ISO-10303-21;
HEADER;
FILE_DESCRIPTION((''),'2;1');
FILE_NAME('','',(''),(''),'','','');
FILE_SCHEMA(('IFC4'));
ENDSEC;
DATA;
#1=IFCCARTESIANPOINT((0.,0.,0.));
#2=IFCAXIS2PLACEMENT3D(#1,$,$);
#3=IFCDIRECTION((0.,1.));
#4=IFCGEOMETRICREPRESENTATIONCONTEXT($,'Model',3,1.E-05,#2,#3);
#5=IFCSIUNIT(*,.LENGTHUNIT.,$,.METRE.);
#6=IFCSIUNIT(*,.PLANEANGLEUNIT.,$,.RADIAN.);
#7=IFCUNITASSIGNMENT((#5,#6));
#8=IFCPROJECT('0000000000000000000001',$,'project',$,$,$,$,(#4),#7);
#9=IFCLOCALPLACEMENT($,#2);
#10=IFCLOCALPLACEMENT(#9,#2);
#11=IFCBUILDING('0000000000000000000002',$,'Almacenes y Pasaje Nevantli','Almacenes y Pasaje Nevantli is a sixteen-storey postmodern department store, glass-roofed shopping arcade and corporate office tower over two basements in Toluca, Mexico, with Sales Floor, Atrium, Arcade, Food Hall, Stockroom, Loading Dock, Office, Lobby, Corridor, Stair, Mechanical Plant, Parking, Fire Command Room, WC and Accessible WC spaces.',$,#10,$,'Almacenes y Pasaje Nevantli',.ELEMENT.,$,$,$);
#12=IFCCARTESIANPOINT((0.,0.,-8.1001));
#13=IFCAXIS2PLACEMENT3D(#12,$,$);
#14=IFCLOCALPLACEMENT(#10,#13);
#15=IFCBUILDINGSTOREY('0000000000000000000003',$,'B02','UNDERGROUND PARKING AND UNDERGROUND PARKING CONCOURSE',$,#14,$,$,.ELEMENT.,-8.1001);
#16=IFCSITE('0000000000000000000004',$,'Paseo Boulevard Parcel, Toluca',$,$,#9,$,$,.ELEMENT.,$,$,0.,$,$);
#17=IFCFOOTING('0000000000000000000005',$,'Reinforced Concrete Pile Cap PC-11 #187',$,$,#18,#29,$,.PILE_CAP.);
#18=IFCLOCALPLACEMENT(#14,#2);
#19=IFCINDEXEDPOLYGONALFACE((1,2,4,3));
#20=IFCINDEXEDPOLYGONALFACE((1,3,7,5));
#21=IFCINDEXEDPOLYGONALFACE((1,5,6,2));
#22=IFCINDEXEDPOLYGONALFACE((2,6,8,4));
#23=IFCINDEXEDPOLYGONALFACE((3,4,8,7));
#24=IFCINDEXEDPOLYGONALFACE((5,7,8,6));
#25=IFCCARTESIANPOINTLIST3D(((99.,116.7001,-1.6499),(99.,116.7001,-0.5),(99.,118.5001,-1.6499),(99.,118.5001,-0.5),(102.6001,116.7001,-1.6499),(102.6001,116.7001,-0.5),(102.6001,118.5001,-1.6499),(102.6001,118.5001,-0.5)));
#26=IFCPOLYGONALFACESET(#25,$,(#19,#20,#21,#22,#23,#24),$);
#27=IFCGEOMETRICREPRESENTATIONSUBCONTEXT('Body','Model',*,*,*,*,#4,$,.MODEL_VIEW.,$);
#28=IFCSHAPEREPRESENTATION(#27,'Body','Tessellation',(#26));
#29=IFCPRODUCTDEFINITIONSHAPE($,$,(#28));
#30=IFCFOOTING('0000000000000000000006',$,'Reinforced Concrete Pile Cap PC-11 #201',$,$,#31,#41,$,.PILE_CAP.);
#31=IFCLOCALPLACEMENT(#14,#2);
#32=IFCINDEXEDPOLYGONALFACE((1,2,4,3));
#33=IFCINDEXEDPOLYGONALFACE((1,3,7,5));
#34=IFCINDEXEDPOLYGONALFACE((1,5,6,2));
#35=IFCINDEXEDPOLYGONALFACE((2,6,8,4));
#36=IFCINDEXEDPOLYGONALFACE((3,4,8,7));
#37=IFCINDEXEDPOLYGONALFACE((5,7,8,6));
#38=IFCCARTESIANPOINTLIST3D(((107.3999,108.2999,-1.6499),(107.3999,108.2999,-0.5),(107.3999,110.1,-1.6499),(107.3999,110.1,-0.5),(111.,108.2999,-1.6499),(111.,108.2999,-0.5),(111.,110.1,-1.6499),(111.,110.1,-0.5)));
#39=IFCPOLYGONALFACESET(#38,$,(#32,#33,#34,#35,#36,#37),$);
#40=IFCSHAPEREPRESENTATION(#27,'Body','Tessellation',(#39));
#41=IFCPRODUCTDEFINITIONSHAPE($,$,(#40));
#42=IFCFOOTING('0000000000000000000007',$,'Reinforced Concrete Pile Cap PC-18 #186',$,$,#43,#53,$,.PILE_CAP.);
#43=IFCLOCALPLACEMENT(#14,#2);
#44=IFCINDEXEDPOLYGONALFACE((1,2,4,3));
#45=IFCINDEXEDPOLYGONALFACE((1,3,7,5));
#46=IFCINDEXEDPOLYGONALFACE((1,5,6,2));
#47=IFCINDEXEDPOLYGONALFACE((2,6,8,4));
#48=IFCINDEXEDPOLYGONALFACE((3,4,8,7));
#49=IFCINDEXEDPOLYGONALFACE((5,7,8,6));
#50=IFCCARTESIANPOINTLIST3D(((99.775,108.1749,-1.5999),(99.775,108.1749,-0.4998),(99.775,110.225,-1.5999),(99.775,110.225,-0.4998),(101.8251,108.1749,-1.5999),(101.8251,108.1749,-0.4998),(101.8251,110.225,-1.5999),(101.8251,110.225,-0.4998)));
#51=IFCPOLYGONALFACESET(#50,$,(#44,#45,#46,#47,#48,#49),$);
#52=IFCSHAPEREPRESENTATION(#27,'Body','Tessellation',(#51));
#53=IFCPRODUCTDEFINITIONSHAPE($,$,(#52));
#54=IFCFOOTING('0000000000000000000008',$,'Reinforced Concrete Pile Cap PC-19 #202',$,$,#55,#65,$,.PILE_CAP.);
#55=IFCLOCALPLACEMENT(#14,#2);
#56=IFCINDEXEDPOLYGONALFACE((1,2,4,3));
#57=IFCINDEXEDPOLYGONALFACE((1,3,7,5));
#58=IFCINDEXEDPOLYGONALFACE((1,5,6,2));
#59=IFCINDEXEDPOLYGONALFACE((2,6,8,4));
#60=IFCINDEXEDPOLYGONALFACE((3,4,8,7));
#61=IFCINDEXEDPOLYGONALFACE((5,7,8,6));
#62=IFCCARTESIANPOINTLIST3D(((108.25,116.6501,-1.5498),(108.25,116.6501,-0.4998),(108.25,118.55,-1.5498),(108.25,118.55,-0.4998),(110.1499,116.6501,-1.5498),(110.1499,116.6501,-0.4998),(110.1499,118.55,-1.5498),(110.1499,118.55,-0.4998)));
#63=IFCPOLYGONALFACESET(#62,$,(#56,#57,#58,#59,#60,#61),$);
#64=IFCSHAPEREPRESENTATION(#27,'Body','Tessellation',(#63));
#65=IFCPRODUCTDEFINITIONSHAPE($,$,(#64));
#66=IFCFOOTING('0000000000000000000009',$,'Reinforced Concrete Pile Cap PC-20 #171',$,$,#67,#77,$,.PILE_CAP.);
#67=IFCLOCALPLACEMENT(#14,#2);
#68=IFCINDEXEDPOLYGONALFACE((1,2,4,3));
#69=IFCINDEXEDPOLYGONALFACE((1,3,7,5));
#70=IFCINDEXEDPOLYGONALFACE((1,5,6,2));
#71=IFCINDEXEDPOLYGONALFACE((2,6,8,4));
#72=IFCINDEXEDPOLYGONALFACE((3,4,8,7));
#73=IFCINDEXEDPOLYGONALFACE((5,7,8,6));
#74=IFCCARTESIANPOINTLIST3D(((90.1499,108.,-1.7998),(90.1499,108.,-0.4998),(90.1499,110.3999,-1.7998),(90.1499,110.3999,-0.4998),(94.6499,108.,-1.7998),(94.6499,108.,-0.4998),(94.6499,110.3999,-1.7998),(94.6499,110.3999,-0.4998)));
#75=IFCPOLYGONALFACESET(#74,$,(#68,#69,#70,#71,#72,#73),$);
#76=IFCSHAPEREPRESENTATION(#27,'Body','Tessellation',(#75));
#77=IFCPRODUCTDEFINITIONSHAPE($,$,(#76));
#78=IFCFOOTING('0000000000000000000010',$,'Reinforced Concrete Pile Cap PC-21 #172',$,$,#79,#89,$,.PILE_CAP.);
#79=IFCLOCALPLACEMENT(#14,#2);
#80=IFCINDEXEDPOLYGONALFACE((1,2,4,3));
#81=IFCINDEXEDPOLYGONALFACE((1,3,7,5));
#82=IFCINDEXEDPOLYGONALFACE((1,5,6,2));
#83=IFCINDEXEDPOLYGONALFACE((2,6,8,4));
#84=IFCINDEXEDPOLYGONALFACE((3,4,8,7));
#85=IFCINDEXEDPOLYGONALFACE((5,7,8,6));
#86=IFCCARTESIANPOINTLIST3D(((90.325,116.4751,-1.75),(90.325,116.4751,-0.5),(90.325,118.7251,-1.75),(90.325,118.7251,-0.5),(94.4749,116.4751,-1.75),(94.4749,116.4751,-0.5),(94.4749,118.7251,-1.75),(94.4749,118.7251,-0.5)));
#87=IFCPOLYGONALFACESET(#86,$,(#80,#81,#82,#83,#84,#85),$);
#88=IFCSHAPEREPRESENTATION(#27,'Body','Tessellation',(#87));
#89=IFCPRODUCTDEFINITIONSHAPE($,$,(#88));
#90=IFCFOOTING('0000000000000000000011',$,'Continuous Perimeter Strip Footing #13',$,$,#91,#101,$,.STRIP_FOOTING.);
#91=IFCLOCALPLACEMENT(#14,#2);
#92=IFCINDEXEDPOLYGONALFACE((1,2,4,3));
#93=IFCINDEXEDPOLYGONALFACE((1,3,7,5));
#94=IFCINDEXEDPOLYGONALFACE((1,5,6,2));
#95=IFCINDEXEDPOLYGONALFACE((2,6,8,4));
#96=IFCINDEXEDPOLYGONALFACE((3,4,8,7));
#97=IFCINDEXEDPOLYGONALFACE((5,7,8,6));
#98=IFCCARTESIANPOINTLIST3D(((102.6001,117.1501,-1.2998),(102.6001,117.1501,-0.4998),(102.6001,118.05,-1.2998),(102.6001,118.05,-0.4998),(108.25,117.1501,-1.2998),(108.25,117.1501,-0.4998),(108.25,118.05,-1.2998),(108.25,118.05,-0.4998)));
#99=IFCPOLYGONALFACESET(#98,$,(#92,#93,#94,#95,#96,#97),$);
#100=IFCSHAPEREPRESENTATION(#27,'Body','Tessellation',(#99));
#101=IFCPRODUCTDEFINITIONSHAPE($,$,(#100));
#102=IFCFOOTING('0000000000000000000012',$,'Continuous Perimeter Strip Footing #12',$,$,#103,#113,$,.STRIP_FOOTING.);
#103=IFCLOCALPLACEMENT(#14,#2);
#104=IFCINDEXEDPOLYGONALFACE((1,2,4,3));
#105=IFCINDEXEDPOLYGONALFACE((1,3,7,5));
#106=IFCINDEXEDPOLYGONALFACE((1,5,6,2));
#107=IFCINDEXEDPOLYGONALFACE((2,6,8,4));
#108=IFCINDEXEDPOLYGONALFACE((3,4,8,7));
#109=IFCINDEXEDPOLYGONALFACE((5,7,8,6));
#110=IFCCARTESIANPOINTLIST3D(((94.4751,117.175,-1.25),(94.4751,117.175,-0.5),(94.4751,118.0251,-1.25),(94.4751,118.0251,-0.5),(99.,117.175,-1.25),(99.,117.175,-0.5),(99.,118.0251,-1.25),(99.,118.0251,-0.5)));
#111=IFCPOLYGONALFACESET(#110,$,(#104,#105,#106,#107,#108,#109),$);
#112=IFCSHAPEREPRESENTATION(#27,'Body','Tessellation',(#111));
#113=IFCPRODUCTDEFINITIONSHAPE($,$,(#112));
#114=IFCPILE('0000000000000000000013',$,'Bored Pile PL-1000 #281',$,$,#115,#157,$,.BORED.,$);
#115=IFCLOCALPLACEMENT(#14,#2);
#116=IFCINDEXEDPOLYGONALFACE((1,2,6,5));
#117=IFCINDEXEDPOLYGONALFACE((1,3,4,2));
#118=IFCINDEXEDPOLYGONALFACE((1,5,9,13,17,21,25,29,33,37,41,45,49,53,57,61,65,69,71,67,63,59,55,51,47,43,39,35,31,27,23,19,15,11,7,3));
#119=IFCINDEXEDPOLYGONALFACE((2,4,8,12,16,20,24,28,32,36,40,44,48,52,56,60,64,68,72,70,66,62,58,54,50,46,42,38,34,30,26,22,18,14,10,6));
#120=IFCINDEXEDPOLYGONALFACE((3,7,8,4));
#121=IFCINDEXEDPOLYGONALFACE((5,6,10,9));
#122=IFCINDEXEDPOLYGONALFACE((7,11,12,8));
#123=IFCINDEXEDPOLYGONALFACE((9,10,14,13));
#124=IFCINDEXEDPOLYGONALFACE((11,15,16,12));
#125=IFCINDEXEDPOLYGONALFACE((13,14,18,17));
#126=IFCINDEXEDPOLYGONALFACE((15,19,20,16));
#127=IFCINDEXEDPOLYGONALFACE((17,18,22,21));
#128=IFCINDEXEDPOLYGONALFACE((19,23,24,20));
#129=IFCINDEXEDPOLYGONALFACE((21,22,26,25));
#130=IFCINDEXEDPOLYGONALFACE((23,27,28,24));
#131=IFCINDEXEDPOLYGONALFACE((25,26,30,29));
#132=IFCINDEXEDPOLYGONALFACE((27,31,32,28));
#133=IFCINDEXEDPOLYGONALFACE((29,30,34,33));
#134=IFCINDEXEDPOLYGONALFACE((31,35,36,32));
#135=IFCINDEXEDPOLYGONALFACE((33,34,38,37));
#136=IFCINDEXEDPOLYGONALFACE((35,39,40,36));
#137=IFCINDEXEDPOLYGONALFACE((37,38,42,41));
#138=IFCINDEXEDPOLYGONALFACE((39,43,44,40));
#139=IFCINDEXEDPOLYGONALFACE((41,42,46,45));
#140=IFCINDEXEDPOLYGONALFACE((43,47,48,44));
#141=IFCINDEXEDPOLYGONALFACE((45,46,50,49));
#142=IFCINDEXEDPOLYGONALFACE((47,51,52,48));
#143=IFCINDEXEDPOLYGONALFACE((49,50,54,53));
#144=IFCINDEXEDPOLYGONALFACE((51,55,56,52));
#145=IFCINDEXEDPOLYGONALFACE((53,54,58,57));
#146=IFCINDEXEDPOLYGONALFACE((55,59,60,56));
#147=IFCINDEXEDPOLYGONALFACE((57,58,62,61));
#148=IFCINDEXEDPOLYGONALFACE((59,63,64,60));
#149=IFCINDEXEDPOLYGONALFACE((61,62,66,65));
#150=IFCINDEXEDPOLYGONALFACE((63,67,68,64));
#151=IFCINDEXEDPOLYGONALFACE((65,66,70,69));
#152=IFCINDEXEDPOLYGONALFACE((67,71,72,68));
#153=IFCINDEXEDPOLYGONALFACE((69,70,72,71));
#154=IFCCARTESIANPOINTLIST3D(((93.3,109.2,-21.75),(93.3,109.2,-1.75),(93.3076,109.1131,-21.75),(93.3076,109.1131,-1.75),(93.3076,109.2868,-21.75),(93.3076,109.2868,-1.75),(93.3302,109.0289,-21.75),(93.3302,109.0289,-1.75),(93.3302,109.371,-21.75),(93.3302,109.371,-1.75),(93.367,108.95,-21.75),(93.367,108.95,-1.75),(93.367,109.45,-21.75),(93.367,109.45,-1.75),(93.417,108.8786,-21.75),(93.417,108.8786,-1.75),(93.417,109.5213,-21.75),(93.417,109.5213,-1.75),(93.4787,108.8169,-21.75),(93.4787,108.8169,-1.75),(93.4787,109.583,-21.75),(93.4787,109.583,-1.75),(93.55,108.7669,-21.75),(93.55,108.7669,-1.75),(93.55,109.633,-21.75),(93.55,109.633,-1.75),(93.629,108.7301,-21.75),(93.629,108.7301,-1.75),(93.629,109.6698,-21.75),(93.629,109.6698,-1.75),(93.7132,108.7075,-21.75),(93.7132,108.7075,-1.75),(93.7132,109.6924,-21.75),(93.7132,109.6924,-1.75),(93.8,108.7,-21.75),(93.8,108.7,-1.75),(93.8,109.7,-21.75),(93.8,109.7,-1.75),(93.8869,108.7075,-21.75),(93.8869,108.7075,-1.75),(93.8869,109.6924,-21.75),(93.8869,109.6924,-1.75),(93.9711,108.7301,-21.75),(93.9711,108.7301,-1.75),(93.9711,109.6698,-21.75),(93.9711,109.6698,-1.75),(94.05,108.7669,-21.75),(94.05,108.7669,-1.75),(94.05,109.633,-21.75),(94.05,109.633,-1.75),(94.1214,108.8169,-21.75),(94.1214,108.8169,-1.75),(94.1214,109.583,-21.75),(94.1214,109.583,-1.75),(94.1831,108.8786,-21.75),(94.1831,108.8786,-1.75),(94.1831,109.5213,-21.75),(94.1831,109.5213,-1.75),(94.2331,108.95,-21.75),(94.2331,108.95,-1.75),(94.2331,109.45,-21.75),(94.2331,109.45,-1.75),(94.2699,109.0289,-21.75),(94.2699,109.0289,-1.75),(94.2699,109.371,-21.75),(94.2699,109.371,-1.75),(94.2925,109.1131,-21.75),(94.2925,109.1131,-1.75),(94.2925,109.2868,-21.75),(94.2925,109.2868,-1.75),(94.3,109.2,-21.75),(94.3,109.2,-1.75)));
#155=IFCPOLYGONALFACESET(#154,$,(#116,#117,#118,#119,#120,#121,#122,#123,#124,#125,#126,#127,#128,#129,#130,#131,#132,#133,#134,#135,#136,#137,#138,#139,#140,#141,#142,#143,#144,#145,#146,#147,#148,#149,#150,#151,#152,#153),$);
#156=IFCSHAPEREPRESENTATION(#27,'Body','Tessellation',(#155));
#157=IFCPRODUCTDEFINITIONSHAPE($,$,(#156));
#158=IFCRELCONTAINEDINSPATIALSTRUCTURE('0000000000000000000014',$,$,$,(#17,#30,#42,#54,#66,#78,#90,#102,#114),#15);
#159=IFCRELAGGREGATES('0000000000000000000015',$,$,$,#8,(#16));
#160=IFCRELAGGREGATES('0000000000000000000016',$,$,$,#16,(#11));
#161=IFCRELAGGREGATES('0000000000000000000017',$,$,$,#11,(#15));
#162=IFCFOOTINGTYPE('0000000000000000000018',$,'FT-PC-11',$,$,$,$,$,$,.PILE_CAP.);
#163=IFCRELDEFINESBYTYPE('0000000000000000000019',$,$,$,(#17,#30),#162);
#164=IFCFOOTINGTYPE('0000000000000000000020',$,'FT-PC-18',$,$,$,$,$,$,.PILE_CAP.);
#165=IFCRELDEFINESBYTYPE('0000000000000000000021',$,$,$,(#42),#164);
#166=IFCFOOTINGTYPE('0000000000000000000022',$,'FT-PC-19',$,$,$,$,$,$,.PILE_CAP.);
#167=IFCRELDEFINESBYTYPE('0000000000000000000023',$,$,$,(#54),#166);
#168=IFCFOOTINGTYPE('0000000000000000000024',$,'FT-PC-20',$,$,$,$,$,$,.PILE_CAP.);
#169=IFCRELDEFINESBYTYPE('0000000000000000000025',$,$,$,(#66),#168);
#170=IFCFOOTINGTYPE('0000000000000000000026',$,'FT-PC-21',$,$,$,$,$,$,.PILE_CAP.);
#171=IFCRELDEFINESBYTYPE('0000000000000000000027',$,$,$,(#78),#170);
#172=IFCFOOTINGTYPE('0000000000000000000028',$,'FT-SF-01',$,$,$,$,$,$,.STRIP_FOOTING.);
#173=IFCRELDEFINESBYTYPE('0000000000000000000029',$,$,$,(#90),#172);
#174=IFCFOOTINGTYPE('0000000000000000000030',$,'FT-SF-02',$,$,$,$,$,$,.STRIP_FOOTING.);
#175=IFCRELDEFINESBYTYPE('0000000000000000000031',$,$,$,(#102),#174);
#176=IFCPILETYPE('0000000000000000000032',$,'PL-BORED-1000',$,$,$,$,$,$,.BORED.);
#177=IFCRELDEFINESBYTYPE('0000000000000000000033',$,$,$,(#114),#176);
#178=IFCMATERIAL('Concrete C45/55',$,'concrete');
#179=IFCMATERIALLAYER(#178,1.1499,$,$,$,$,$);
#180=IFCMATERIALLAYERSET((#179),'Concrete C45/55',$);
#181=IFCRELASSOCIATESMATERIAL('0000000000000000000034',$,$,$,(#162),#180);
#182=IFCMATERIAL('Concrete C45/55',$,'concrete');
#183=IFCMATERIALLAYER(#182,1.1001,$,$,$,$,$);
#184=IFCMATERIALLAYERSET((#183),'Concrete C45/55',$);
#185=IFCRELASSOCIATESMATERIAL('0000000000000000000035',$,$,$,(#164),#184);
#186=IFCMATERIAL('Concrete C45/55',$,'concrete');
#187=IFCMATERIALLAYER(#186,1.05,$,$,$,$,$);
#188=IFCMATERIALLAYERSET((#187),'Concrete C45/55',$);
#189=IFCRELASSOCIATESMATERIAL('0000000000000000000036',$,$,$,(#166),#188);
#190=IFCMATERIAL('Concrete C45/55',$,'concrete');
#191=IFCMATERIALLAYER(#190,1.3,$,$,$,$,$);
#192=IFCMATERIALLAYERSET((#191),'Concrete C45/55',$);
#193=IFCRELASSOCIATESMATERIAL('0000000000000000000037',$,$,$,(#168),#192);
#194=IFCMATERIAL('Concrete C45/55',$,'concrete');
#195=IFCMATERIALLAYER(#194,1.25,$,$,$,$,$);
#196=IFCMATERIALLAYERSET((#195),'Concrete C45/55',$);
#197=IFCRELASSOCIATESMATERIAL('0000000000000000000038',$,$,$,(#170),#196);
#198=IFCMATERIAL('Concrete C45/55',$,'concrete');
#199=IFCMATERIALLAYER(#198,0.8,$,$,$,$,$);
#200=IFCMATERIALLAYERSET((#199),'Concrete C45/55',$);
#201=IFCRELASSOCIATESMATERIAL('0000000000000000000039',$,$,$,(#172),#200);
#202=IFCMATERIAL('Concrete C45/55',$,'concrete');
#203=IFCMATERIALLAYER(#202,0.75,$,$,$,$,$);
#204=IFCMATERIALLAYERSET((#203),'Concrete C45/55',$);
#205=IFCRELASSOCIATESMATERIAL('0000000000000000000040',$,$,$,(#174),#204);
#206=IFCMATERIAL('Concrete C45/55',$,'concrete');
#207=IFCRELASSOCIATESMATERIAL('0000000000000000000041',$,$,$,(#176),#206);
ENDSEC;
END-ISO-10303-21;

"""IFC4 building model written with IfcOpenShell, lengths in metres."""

from ifc_helpers import new_model, si_unit, direction, frame, origin, origin_2d, place, context, subcontext, project, spatial, rectangle, circle, extrude, material, layer, layer_set, material_profile, profile_set, type_object, element, save


model = new_model("IFC4")

# Units and contexts
model_context = context("Model", 3, precision=1e-05, world=origin(), true_north=direction((0.0, 1.0)))
body_context = subcontext(model_context, "Body", "Model", "MODEL_VIEW")
ifc_project = project(units=[si_unit("LENGTHUNIT", "METRE"), si_unit("PLANEANGLEUNIT", "RADIAN")], contexts=[model_context])

# Site, building, storey
site_placement = place(None, origin())
site = spatial("IfcSite", under=ifc_project, at=site_placement, Name="Paseo Boulevard Parcel, Toluca", CompositionType="ELEMENT", RefElevation=0.0)
building_placement = place(site_placement, origin())
building = spatial("IfcBuilding", under=site, at=building_placement, Name="Almacenes y Pasaje Nevantli", Description="Almacenes y Pasaje Nevantli is a sixteen-storey postmodern department store, glass-roofed shopping arcade and corporate office tower over two basements in Toluca, Mexico, with Sales Floor, Atrium, Arcade, Food Hall, Stockroom, Loading Dock, Office, Lobby, Corridor, Stair, Mechanical Plant, Parking, Fire Command Room, WC and Accessible WC spaces.", LongName="Almacenes y Pasaje Nevantli", CompositionType="ELEMENT")
storey_placement = place(building_placement, frame((0.0, 0.0, -8.1001)))
storey = spatial("IfcBuildingStorey", under=building, at=storey_placement, Name="B02", Description="UNDERGROUND PARKING AND UNDERGROUND PARKING CONCOURSE", CompositionType="ELEMENT", Elevation=-8.1001)

# Footings
ifc_material_1 = material(Name="Concrete C45/55", Category="concrete")
ifc_layer_1 = layer(ifc_material_1, 1.1499)
ifc_layer_set_1 = layer_set([ifc_layer_1], Name="Concrete C45/55")
footing_type_1 = type_object("IfcFootingType", Name="FT-PC-11", PredefinedType="PILE_CAP", material=ifc_layer_set_1)
for number, where, z_axis, x_axis, name in (
    (1, (100.8, 117.6001, -1.6499), (0.0, 0.0, 1.0), (1.0, 0.0, 0.0), "Reinforced Concrete Pile Cap PC-11 #187"),
    (2, (109.2, 109.2, -1.6499), (0.0, 0.0, 1.0), (1.0, 0.0, 0.0), "Reinforced Concrete Pile Cap PC-11 #201"),
):
    element("IfcFooting", number, at=place(storey_placement, frame(where, z_axis=z_axis, x_axis=x_axis)), inside=storey, type_object=footing_type_1, Name=name, PredefinedType="PILE_CAP", context=body_context, shape_type="SweptSolid", body=[
        extrude(rectangle(XDim=3.6001, YDim=1.8, at=origin_2d()), origin(), (0.0, 0.0, 1.0), 1.1499),
    ])
ifc_material_2 = material(Name="Concrete C45/55", Category="concrete")
ifc_layer_2 = layer(ifc_material_2, 1.1001)
ifc_layer_set_2 = layer_set([ifc_layer_2], Name="Concrete C45/55")
footing_type_2 = type_object("IfcFootingType", Name="FT-PC-18", PredefinedType="PILE_CAP", material=ifc_layer_set_2)
footing_1_placement = place(storey_placement, frame((100.8, 109.2, -1.5999), z_axis=(0.0, 0.0, 1.0), x_axis=(1.0, 0.0, 0.0)))
element("IfcFooting", 3, at=footing_1_placement, inside=storey, type_object=footing_type_2, Name="Reinforced Concrete Pile Cap PC-18 #186", PredefinedType="PILE_CAP", context=body_context, shape_type="SweptSolid", body=[
    extrude(rectangle(XDim=2.05, YDim=2.05, at=origin_2d()), origin(), (0.0, 0.0, 1.0), 1.1001),
])
ifc_material_3 = material(Name="Concrete C45/55", Category="concrete")
ifc_layer_3 = layer(ifc_material_3, 1.05)
ifc_layer_set_3 = layer_set([ifc_layer_3], Name="Concrete C45/55")
footing_type_3 = type_object("IfcFootingType", Name="FT-PC-19", PredefinedType="PILE_CAP", material=ifc_layer_set_3)
footing_2_placement = place(storey_placement, frame((109.2, 117.6001, -1.5498), z_axis=(0.0, 0.0, 1.0), x_axis=(1.0, 0.0, 0.0)))
element("IfcFooting", 4, at=footing_2_placement, inside=storey, type_object=footing_type_3, Name="Reinforced Concrete Pile Cap PC-19 #202", PredefinedType="PILE_CAP", context=body_context, shape_type="SweptSolid", body=[
    extrude(rectangle(XDim=1.8999, YDim=1.8999, at=origin_2d()), origin(), (0.0, 0.0, 1.0), 1.05),
])
ifc_material_4 = material(Name="Concrete C45/55", Category="concrete")
ifc_layer_4 = layer(ifc_material_4, 1.3)
ifc_layer_set_4 = layer_set([ifc_layer_4], Name="Concrete C45/55")
footing_type_4 = type_object("IfcFootingType", Name="FT-PC-20", PredefinedType="PILE_CAP", material=ifc_layer_set_4)
footing_3_placement = place(storey_placement, frame((92.3999, 109.2, -1.7998), z_axis=(0.0, 0.0, 1.0), x_axis=(1.0, 0.0, 0.0)))
element("IfcFooting", 5, at=footing_3_placement, inside=storey, type_object=footing_type_4, Name="Reinforced Concrete Pile Cap PC-20 #171", PredefinedType="PILE_CAP", context=body_context, shape_type="SweptSolid", body=[
    extrude(rectangle(XDim=4.5, YDim=2.3999, at=origin_2d()), origin(), (0.0, 0.0, 1.0), 1.3),
])
ifc_material_5 = material(Name="Concrete C45/55", Category="concrete")
ifc_layer_5 = layer(ifc_material_5, 1.25)
ifc_layer_set_5 = layer_set([ifc_layer_5], Name="Concrete C45/55")
footing_type_5 = type_object("IfcFootingType", Name="FT-PC-21", PredefinedType="PILE_CAP", material=ifc_layer_set_5)
footing_4_placement = place(storey_placement, frame((92.3999, 117.6001, -1.75), z_axis=(0.0, 0.0, 1.0), x_axis=(1.0, 0.0, 0.0)))
element("IfcFooting", 6, at=footing_4_placement, inside=storey, type_object=footing_type_5, Name="Reinforced Concrete Pile Cap PC-21 #172", PredefinedType="PILE_CAP", context=body_context, shape_type="SweptSolid", body=[
    extrude(rectangle(XDim=4.1499, YDim=2.25, at=origin_2d()), origin(), (0.0, 0.0, 1.0), 1.25),
])
ifc_material_6 = material(Name="Concrete C45/55", Category="concrete")
ifc_layer_6 = layer(ifc_material_6, 0.8)
ifc_layer_set_6 = layer_set([ifc_layer_6], Name="Concrete C45/55")
footing_type_6 = type_object("IfcFootingType", Name="FT-SF-01", PredefinedType="STRIP_FOOTING", material=ifc_layer_set_6)
footing_5_placement = place(storey_placement, frame((105.425, 117.6001, -1.2998), z_axis=(0.0, 0.0, 1.0), x_axis=(1.0, 0.0, 0.0)))
element("IfcFooting", 7, at=footing_5_placement, inside=storey, type_object=footing_type_6, Name="Continuous Perimeter Strip Footing #13", PredefinedType="STRIP_FOOTING", context=body_context, shape_type="SweptSolid", body=[
    extrude(rectangle(XDim=5.6499, YDim=0.8999, at=origin_2d()), origin(), (0.0, 0.0, 1.0), 0.8),
])
ifc_material_7 = material(Name="Concrete C45/55", Category="concrete")
ifc_layer_7 = layer(ifc_material_7, 0.75)
ifc_layer_set_7 = layer_set([ifc_layer_7], Name="Concrete C45/55")
footing_type_7 = type_object("IfcFootingType", Name="FT-SF-02", PredefinedType="STRIP_FOOTING", material=ifc_layer_set_7)
footing_6_placement = place(storey_placement, frame((96.7375, 117.6001, -1.25), z_axis=(0.0, 0.0, 1.0), x_axis=(1.0, 0.0, 0.0)))
element("IfcFooting", 8, at=footing_6_placement, inside=storey, type_object=footing_type_7, Name="Continuous Perimeter Strip Footing #12", PredefinedType="STRIP_FOOTING", context=body_context, shape_type="SweptSolid", body=[
    extrude(rectangle(XDim=4.5249, YDim=0.8501, at=origin_2d()), origin(), (0.0, 0.0, 1.0), 0.75),
])

# Pile
ifc_material_8 = material(Name="Concrete C45/55", Category="concrete")
ifc_material_profile_1 = material_profile(ifc_material_8, circle(Radius=0.5, at=origin_2d()), Name="RC-PILE-D1000")
ifc_profile_set_1 = profile_set([ifc_material_profile_1], Name="Concrete C45/55")
pile_type_1 = type_object("IfcPileType", Name="PL-BORED-1000", PredefinedType="BORED", material=ifc_profile_set_1)
pile_1_placement = place(storey_placement, frame((93.8, 109.2, -1.75), z_axis=(0.0, 0.0, -1.0), x_axis=(1.0, 0.0, 0.0)))
element("IfcPile", 9, at=pile_1_placement, inside=storey, type_object=pile_type_1, Name="Bored Pile PL-1000 #281", PredefinedType="BORED", context=body_context, shape_type="SweptSolid", body=[
    extrude(circle(Radius=0.5, at=origin_2d()), origin(), (0.0, 0.0, 1.0), 20.0),
])

save(model, "model.ifc")
